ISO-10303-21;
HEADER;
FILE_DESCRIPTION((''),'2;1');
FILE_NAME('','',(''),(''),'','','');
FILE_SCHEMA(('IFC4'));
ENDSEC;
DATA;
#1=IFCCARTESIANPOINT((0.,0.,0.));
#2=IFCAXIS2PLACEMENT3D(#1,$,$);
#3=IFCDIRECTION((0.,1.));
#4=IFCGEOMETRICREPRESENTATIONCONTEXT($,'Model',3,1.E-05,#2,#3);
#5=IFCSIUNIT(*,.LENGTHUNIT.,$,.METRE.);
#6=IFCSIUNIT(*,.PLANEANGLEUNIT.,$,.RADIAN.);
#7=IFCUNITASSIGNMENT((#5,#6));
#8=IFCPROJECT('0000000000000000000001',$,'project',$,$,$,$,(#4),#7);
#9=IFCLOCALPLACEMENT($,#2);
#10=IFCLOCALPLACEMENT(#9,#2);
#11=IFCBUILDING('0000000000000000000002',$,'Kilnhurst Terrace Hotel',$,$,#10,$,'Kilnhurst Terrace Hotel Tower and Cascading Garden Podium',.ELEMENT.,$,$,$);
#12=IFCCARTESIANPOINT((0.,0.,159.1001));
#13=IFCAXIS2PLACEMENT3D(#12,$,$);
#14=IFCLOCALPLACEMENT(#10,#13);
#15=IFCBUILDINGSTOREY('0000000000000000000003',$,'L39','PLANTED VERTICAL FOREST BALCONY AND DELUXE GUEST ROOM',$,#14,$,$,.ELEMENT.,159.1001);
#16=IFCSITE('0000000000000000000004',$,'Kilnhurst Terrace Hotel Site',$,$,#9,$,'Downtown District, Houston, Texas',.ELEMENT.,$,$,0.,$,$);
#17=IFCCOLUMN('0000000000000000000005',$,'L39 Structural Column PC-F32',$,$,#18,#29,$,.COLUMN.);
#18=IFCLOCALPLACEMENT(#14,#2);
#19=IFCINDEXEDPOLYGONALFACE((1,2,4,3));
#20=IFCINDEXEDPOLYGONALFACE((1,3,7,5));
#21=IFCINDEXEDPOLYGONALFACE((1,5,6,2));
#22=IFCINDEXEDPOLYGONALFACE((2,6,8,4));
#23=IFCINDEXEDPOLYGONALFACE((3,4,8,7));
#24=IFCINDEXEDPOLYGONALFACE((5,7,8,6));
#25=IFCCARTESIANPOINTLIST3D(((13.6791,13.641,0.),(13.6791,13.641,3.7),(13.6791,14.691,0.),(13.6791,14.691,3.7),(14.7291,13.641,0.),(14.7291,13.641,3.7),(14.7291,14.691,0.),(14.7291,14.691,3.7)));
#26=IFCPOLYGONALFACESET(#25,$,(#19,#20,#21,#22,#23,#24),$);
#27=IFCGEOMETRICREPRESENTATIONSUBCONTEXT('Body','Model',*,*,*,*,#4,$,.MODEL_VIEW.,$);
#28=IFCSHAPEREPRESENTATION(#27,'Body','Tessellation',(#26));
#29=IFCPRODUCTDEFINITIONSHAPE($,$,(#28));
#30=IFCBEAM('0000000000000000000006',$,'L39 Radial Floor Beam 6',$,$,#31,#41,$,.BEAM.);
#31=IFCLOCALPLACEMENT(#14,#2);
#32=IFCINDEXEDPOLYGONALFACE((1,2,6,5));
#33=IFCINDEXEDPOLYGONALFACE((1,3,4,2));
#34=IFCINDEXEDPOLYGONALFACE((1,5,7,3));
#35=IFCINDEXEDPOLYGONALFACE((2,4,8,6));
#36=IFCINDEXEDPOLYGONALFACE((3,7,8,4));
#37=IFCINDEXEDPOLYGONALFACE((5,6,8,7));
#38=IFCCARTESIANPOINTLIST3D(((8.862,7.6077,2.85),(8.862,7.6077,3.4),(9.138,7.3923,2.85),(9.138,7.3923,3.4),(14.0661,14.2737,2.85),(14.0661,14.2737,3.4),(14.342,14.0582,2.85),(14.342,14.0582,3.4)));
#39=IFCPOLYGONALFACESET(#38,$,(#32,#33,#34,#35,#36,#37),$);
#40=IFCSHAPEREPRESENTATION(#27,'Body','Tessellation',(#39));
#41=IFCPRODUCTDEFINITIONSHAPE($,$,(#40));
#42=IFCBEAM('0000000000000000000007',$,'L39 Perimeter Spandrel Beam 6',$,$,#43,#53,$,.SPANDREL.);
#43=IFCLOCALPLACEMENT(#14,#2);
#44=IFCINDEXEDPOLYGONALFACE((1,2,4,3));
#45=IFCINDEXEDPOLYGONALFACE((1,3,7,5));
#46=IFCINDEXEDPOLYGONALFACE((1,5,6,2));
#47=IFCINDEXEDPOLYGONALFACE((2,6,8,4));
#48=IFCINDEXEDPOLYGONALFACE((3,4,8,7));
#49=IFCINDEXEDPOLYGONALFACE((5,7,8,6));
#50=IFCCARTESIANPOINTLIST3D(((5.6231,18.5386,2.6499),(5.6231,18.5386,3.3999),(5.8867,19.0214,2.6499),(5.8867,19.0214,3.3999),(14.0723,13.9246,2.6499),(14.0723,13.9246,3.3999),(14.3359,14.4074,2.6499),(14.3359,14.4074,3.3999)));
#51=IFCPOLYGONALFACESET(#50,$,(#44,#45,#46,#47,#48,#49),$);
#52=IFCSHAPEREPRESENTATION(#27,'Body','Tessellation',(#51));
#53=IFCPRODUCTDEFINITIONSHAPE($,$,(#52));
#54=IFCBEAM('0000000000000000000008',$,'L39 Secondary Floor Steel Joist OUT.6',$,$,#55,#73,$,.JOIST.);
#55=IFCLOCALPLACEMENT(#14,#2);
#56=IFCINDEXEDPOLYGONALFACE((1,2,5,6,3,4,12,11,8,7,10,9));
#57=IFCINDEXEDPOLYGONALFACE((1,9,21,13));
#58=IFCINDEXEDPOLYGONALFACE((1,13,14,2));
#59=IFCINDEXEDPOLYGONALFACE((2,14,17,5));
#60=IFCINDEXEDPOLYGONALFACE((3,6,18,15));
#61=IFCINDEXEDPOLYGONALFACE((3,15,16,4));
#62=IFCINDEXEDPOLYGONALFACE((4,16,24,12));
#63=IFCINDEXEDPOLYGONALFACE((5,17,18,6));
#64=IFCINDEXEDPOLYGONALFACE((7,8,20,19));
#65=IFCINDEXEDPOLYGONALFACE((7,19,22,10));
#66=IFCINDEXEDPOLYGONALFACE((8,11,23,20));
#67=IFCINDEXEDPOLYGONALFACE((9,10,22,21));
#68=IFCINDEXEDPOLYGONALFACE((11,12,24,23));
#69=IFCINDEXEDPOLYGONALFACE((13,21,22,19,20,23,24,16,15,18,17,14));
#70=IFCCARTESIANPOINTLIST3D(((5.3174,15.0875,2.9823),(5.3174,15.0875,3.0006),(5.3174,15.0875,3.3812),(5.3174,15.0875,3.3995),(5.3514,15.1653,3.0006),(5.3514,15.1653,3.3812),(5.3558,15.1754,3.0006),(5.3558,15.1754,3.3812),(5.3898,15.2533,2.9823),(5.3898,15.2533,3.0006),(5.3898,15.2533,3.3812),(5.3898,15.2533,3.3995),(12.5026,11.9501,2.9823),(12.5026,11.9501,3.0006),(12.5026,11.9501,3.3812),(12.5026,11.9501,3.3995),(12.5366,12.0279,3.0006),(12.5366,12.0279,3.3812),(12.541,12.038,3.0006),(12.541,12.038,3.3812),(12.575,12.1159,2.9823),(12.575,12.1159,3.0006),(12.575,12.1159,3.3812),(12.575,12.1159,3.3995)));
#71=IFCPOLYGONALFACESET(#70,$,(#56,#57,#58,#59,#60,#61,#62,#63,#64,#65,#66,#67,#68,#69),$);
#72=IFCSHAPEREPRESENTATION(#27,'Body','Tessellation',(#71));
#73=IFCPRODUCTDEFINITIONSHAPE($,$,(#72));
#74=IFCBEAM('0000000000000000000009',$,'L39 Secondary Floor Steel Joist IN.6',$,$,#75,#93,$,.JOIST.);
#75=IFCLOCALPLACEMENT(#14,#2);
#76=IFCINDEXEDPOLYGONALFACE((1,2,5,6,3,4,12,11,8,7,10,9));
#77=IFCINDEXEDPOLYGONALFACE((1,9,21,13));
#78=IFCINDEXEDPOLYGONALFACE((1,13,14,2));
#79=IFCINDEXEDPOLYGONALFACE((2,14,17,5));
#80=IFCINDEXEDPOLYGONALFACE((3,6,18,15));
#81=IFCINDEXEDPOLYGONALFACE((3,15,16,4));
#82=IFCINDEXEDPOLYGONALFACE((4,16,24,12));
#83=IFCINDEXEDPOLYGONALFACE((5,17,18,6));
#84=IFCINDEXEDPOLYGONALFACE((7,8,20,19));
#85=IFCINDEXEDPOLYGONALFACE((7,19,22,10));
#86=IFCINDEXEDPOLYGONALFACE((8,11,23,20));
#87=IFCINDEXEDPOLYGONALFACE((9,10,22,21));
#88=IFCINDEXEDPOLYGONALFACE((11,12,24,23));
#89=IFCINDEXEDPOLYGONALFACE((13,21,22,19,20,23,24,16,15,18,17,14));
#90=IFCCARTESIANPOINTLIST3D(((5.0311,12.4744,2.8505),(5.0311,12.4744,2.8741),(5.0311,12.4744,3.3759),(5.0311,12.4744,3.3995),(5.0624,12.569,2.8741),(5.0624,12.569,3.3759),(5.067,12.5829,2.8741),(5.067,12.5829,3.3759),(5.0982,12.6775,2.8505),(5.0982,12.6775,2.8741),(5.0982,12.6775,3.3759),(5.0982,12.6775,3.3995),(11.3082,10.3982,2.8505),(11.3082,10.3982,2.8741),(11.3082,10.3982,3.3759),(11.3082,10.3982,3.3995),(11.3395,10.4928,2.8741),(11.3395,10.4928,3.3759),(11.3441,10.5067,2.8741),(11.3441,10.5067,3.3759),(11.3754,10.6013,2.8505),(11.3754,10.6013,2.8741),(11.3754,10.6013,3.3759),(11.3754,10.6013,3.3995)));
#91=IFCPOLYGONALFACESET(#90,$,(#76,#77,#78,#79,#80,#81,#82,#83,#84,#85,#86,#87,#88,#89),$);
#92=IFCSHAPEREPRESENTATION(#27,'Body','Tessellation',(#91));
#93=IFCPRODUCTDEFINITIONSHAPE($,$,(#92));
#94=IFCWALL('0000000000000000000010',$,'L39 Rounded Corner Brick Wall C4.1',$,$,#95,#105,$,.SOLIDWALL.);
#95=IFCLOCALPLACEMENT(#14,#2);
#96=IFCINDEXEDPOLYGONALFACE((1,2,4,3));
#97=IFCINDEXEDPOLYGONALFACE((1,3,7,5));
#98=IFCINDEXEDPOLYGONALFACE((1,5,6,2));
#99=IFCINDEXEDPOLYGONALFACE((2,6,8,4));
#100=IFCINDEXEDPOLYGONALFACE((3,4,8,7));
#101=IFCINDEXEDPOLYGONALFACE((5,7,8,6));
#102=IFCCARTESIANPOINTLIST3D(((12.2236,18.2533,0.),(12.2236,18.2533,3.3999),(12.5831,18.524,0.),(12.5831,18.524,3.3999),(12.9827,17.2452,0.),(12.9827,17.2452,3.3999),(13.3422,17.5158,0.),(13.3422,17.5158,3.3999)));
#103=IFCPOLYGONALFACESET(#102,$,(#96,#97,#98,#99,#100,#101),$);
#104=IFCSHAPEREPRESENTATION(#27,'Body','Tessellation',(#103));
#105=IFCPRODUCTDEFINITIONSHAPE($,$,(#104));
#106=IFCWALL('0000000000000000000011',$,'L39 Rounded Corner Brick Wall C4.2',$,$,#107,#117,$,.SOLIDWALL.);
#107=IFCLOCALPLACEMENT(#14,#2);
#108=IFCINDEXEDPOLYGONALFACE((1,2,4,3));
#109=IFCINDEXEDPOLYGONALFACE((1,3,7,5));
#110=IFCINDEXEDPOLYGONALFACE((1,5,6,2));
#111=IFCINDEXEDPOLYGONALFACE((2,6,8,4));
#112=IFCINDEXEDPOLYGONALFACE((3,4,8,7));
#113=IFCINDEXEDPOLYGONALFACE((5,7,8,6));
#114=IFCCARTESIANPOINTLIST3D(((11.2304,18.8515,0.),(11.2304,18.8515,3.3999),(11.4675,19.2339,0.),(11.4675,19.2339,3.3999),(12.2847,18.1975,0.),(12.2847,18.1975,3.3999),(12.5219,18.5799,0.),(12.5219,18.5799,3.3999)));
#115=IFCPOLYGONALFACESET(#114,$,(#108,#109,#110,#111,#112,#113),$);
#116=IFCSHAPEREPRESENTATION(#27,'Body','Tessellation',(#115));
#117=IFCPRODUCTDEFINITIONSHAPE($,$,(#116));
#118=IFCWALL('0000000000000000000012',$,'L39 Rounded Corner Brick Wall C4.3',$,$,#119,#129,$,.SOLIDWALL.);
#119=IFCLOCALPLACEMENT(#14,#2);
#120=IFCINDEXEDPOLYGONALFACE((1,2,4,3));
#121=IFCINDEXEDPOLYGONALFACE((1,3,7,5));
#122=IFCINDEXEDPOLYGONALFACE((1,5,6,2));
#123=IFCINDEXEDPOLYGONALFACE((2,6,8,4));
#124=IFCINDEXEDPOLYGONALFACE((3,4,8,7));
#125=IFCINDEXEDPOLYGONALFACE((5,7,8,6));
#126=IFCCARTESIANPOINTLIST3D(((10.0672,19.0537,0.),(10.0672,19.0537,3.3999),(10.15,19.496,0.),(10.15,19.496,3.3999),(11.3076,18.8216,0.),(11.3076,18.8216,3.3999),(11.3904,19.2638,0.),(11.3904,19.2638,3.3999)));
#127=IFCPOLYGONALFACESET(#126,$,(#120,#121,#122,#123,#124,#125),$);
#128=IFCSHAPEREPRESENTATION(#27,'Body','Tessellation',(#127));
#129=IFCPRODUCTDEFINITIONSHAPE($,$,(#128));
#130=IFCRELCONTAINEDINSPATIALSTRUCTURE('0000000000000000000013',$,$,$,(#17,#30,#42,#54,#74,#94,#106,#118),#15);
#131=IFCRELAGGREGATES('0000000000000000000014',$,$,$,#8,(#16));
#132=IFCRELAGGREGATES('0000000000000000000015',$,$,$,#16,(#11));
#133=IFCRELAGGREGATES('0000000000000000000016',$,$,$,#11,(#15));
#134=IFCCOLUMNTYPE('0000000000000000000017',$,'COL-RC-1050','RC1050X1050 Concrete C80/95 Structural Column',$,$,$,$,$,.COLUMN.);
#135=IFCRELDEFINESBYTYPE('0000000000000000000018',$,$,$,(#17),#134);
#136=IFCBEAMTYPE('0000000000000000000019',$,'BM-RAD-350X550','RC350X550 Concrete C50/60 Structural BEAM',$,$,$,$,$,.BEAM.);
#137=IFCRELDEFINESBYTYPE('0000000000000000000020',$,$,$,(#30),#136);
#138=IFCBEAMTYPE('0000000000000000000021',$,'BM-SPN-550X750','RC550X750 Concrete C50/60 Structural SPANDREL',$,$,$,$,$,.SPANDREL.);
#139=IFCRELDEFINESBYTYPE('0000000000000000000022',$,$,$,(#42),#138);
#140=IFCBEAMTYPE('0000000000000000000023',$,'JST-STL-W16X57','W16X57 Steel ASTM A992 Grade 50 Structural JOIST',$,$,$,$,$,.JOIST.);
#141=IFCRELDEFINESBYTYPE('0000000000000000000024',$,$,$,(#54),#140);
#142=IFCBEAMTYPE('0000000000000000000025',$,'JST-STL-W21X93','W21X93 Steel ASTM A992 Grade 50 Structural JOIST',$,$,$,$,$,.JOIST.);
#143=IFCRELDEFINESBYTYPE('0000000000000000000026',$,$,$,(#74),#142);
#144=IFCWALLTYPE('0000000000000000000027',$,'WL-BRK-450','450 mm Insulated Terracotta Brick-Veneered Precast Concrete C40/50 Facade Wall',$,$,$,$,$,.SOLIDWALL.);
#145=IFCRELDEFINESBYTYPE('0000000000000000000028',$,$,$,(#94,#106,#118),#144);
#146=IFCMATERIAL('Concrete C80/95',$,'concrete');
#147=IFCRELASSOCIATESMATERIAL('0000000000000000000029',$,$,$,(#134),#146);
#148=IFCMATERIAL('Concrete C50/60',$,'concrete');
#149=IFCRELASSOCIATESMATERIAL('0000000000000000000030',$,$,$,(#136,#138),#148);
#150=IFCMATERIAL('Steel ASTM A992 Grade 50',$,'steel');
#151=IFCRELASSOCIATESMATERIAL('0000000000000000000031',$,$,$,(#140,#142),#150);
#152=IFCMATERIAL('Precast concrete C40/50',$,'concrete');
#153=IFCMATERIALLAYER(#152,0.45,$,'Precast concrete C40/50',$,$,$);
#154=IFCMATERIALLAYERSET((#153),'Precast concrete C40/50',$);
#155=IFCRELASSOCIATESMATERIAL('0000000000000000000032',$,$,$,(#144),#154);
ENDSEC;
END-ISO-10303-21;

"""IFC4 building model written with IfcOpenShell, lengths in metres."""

from ifc_helpers import new_model, si_unit, direction, frame, frame_2d, origin, origin_2d, place, context, subcontext, project, spatial, rectangle, i_section, extrude, material, layer, layer_set, material_profile, profile_set, type_object, element, save


model = new_model("IFC4")

# Units and contexts
model_context = context("Model", 3, precision=1e-05, world=origin(), true_north=direction((0.0, 1.0)))
body_context = subcontext(model_context, "Body", "Model", "MODEL_VIEW")
ifc_project = project(units=[si_unit("LENGTHUNIT", "METRE"), si_unit("PLANEANGLEUNIT", "RADIAN")], contexts=[model_context])

# Site, building, storey
site_placement = place(None, origin())
site = spatial("IfcSite", under=ifc_project, at=site_placement, Name="Kilnhurst Terrace Hotel Site", LongName="Downtown District, Houston, Texas", CompositionType="ELEMENT", RefElevation=0.0)
building_placement = place(site_placement, origin())
building = spatial("IfcBuilding", under=site, at=building_placement, Name="Kilnhurst Terrace Hotel", LongName="Kilnhurst Terrace Hotel Tower and Cascading Garden Podium", CompositionType="ELEMENT")
storey_placement = place(building_placement, frame((0.0, 0.0, 159.1001)))
storey = spatial("IfcBuildingStorey", under=building, at=storey_placement, Name="L39", Description="PLANTED VERTICAL FOREST BALCONY AND DELUXE GUEST ROOM", CompositionType="ELEMENT", Elevation=159.1001)

# Column
ifc_material_1 = material(Name="Concrete C80/95", Category="concrete")
ifc_material_profile_1 = material_profile(ifc_material_1, rectangle(XDim=1.05, YDim=1.05, at=origin_2d()), Name="RC1050X1050")
ifc_profile_set_1 = profile_set([ifc_material_profile_1], Name="Concrete C80/95")
column_type = type_object("IfcColumnType", Name="COL-RC-1050", Description="RC1050X1050 Concrete C80/95 Structural Column", PredefinedType="COLUMN", material=ifc_profile_set_1)
column_placement = place(storey_placement, frame((14.2041, 14.166, 0.0), z_axis=(0.0, 0.0, 1.0), x_axis=(1.0, 0.0, 0.0)))
element("IfcColumn", 1, at=column_placement, inside=storey, type_object=column_type, Name="L39 Structural Column PC-F32", PredefinedType="COLUMN", context=body_context, shape_type="SweptSolid", body=[
    extrude(rectangle(XDim=1.05, YDim=1.05, at=origin_2d()), origin(), (0.0, 0.0, 1.0), 3.7),
])

# Beams
ifc_material_2 = material(Name="Concrete C50/60", Category="concrete")
ifc_material_profile_2 = material_profile(ifc_material_2, rectangle(XDim=0.3501, YDim=0.55, at=origin_2d()), Name="RC350X550")
ifc_profile_set_2 = profile_set([ifc_material_profile_2], Name="Concrete C50/60")
beam_type_1 = type_object("IfcBeamType", Name="BM-RAD-350X550", Description="RC350X550 Concrete C50/60 Structural BEAM", PredefinedType="BEAM", material=ifc_profile_set_2)
beam_1_placement = place(storey_placement, frame((9.0, 7.5, 3.125), z_axis=(0.615371, 0.788238, 0.0), x_axis=(-0.788238, 0.615371, 0.0)))
element("IfcBeam", 2, at=beam_1_placement, inside=storey, type_object=beam_type_1, Name="L39 Radial Floor Beam 6", PredefinedType="BEAM", context=body_context, shape_type="SweptSolid", body=[
    extrude(rectangle(XDim=0.3501, YDim=0.55, at=origin_2d()), origin(), (0.0, 0.0, 1.0), 8.4568),
])
ifc_material_profile_3 = material_profile(ifc_material_2, rectangle(XDim=0.55, YDim=0.75, at=origin_2d()), Name="RC550X750")
ifc_profile_set_3 = profile_set([ifc_material_profile_3], Name="Concrete C50/60")
beam_type_2 = type_object("IfcBeamType", Name="BM-SPN-550X750", Description="RC550X750 Concrete C50/60 Structural SPANDREL", PredefinedType="SPANDREL", material=ifc_profile_set_3)
beam_2_placement = place(storey_placement, frame((14.2041, 14.166, 3.0249), z_axis=(-0.877662, 0.47928, 0.0), x_axis=(-0.47928, -0.877662, 0.0)))
element("IfcBeam", 3, at=beam_2_placement, inside=storey, type_object=beam_type_2, Name="L39 Perimeter Spandrel Beam 6", PredefinedType="SPANDREL", context=body_context, shape_type="SweptSolid", body=[
    extrude(rectangle(XDim=0.55, YDim=0.75, at=origin_2d()), origin(), (0.0, 0.0, 1.0), 9.627),
])
ifc_material_3 = material(Name="Steel ASTM A992 Grade 50", Category="steel")
ifc_material_profile_4 = material_profile(ifc_material_3, i_section(OverallWidth=0.1809, OverallDepth=0.4172, WebThickness=0.011, FlangeThickness=0.0183, at=origin_2d()), Name="W16X57")
ifc_profile_set_4 = profile_set([ifc_material_profile_4], Name="Steel ASTM A992 Grade 50")
beam_type_3 = type_object("IfcBeamType", Name="JST-STL-W16X57", Description="W16X57 Steel ASTM A992 Grade 50 Structural JOIST", PredefinedType="JOIST", material=ifc_profile_set_4)
beam_3_placement = place(storey_placement, frame((12.5388, 12.033, 3.1909), z_axis=(-0.916444, 0.400164, 0.0), x_axis=(-0.400164, -0.916444, 0.0)))
element("IfcBeam", 4, at=beam_3_placement, inside=storey, type_object=beam_type_3, Name="L39 Secondary Floor Steel Joist OUT.6", PredefinedType="JOIST", context=body_context, shape_type="SweptSolid", body=[
    extrude(i_section(OverallWidth=0.1809, OverallDepth=0.4172, WebThickness=0.011, FlangeThickness=0.0183, at=origin_2d()), origin(), (0.0, 0.0, 1.0), 7.8403),
])
ifc_material_profile_5 = material_profile(ifc_material_3, i_section(OverallWidth=0.2139, OverallDepth=0.5491, WebThickness=0.0146, FlangeThickness=0.0237, at=origin_2d()), Name="W21X93")
ifc_profile_set_5 = profile_set([ifc_material_profile_5], Name="Steel ASTM A992 Grade 50")
beam_type_4 = type_object("IfcBeamType", Name="JST-STL-W21X93", Description="W21X93 Steel ASTM A992 Grade 50 Structural JOIST", PredefinedType="JOIST", material=ifc_profile_set_5)
beam_4_placement = place(storey_placement, frame((11.3418, 10.4998, 3.125), z_axis=(-0.949416, 0.314022, 0.0), x_axis=(-0.314022, -0.949416, 0.0)))
element("IfcBeam", 5, at=beam_4_placement, inside=storey, type_object=beam_type_4, Name="L39 Secondary Floor Steel Joist IN.6", PredefinedType="JOIST", context=body_context, shape_type="SweptSolid", body=[
    extrude(i_section(OverallWidth=0.2139, OverallDepth=0.5491, WebThickness=0.0146, FlangeThickness=0.0237, at=origin_2d()), origin(), (0.0, 0.0, 1.0), 6.6116),
])

# Walls
ifc_material_4 = material(Name="Precast concrete C40/50", Category="concrete")
ifc_layer_1 = layer(ifc_material_4, 0.45, Name="Precast concrete C40/50")
ifc_layer_set_1 = layer_set([ifc_layer_1], Name="Precast concrete C40/50")
wall_type_1 = type_object("IfcWallType", Name="WL-BRK-450", Description="450 mm Insulated Terracotta Brick-Veneered Precast Concrete C40/50 Facade Wall", PredefinedType="SOLIDWALL", material=ifc_layer_set_1)
wall_1_placement = place(storey_placement, frame((13.1624, 17.3806, 0.0), z_axis=(0.0, 0.0, 1.0), x_axis=(-0.601516, 0.798861, 0.0)))
element("IfcWall", 6, at=wall_1_placement, inside=storey, type_object=wall_type_1, Name="L39 Rounded Corner Brick Wall C4.1", PredefinedType="SOLIDWALL", context=body_context, shape_type="SweptSolid", body=[
    extrude(rectangle(XDim=1.262, YDim=0.45, at=frame_2d((0.6309, 0.0))), origin(), (0.0, 0.0, 1.0), 3.3999),
])
wall_2_placement = place(storey_placement, frame((12.4033, 18.3887, 0.0), z_axis=(0.0, 0.0, 1.0), x_axis=(-0.849795, 0.527113, 0.0)))
element("IfcWall", 7, at=wall_2_placement, inside=storey, type_object=wall_type_1, Name="L39 Rounded Corner Brick Wall C4.2", PredefinedType="SOLIDWALL", context=body_context, shape_type="SweptSolid", body=[
    extrude(rectangle(XDim=1.2407, YDim=0.45, at=frame_2d((0.6204, 0.0))), origin(), (0.0, 0.0, 1.0), 3.3999),
])
wall_3_placement = place(storey_placement, frame((11.3489, 19.0427, 0.0), z_axis=(0.0, 0.0, 1.0), x_axis=(-0.982931, 0.183973, 0.0)))
element("IfcWall", 8, at=wall_3_placement, inside=storey, type_object=wall_type_1, Name="L39 Rounded Corner Brick Wall C4.3", PredefinedType="SOLIDWALL", context=body_context, shape_type="SweptSolid", body=[
    extrude(rectangle(XDim=1.262, YDim=0.45, at=frame_2d((0.6309, 0.0))), origin(), (0.0, 0.0, 1.0), 3.3999),
])

save(model, "model.ifc")
